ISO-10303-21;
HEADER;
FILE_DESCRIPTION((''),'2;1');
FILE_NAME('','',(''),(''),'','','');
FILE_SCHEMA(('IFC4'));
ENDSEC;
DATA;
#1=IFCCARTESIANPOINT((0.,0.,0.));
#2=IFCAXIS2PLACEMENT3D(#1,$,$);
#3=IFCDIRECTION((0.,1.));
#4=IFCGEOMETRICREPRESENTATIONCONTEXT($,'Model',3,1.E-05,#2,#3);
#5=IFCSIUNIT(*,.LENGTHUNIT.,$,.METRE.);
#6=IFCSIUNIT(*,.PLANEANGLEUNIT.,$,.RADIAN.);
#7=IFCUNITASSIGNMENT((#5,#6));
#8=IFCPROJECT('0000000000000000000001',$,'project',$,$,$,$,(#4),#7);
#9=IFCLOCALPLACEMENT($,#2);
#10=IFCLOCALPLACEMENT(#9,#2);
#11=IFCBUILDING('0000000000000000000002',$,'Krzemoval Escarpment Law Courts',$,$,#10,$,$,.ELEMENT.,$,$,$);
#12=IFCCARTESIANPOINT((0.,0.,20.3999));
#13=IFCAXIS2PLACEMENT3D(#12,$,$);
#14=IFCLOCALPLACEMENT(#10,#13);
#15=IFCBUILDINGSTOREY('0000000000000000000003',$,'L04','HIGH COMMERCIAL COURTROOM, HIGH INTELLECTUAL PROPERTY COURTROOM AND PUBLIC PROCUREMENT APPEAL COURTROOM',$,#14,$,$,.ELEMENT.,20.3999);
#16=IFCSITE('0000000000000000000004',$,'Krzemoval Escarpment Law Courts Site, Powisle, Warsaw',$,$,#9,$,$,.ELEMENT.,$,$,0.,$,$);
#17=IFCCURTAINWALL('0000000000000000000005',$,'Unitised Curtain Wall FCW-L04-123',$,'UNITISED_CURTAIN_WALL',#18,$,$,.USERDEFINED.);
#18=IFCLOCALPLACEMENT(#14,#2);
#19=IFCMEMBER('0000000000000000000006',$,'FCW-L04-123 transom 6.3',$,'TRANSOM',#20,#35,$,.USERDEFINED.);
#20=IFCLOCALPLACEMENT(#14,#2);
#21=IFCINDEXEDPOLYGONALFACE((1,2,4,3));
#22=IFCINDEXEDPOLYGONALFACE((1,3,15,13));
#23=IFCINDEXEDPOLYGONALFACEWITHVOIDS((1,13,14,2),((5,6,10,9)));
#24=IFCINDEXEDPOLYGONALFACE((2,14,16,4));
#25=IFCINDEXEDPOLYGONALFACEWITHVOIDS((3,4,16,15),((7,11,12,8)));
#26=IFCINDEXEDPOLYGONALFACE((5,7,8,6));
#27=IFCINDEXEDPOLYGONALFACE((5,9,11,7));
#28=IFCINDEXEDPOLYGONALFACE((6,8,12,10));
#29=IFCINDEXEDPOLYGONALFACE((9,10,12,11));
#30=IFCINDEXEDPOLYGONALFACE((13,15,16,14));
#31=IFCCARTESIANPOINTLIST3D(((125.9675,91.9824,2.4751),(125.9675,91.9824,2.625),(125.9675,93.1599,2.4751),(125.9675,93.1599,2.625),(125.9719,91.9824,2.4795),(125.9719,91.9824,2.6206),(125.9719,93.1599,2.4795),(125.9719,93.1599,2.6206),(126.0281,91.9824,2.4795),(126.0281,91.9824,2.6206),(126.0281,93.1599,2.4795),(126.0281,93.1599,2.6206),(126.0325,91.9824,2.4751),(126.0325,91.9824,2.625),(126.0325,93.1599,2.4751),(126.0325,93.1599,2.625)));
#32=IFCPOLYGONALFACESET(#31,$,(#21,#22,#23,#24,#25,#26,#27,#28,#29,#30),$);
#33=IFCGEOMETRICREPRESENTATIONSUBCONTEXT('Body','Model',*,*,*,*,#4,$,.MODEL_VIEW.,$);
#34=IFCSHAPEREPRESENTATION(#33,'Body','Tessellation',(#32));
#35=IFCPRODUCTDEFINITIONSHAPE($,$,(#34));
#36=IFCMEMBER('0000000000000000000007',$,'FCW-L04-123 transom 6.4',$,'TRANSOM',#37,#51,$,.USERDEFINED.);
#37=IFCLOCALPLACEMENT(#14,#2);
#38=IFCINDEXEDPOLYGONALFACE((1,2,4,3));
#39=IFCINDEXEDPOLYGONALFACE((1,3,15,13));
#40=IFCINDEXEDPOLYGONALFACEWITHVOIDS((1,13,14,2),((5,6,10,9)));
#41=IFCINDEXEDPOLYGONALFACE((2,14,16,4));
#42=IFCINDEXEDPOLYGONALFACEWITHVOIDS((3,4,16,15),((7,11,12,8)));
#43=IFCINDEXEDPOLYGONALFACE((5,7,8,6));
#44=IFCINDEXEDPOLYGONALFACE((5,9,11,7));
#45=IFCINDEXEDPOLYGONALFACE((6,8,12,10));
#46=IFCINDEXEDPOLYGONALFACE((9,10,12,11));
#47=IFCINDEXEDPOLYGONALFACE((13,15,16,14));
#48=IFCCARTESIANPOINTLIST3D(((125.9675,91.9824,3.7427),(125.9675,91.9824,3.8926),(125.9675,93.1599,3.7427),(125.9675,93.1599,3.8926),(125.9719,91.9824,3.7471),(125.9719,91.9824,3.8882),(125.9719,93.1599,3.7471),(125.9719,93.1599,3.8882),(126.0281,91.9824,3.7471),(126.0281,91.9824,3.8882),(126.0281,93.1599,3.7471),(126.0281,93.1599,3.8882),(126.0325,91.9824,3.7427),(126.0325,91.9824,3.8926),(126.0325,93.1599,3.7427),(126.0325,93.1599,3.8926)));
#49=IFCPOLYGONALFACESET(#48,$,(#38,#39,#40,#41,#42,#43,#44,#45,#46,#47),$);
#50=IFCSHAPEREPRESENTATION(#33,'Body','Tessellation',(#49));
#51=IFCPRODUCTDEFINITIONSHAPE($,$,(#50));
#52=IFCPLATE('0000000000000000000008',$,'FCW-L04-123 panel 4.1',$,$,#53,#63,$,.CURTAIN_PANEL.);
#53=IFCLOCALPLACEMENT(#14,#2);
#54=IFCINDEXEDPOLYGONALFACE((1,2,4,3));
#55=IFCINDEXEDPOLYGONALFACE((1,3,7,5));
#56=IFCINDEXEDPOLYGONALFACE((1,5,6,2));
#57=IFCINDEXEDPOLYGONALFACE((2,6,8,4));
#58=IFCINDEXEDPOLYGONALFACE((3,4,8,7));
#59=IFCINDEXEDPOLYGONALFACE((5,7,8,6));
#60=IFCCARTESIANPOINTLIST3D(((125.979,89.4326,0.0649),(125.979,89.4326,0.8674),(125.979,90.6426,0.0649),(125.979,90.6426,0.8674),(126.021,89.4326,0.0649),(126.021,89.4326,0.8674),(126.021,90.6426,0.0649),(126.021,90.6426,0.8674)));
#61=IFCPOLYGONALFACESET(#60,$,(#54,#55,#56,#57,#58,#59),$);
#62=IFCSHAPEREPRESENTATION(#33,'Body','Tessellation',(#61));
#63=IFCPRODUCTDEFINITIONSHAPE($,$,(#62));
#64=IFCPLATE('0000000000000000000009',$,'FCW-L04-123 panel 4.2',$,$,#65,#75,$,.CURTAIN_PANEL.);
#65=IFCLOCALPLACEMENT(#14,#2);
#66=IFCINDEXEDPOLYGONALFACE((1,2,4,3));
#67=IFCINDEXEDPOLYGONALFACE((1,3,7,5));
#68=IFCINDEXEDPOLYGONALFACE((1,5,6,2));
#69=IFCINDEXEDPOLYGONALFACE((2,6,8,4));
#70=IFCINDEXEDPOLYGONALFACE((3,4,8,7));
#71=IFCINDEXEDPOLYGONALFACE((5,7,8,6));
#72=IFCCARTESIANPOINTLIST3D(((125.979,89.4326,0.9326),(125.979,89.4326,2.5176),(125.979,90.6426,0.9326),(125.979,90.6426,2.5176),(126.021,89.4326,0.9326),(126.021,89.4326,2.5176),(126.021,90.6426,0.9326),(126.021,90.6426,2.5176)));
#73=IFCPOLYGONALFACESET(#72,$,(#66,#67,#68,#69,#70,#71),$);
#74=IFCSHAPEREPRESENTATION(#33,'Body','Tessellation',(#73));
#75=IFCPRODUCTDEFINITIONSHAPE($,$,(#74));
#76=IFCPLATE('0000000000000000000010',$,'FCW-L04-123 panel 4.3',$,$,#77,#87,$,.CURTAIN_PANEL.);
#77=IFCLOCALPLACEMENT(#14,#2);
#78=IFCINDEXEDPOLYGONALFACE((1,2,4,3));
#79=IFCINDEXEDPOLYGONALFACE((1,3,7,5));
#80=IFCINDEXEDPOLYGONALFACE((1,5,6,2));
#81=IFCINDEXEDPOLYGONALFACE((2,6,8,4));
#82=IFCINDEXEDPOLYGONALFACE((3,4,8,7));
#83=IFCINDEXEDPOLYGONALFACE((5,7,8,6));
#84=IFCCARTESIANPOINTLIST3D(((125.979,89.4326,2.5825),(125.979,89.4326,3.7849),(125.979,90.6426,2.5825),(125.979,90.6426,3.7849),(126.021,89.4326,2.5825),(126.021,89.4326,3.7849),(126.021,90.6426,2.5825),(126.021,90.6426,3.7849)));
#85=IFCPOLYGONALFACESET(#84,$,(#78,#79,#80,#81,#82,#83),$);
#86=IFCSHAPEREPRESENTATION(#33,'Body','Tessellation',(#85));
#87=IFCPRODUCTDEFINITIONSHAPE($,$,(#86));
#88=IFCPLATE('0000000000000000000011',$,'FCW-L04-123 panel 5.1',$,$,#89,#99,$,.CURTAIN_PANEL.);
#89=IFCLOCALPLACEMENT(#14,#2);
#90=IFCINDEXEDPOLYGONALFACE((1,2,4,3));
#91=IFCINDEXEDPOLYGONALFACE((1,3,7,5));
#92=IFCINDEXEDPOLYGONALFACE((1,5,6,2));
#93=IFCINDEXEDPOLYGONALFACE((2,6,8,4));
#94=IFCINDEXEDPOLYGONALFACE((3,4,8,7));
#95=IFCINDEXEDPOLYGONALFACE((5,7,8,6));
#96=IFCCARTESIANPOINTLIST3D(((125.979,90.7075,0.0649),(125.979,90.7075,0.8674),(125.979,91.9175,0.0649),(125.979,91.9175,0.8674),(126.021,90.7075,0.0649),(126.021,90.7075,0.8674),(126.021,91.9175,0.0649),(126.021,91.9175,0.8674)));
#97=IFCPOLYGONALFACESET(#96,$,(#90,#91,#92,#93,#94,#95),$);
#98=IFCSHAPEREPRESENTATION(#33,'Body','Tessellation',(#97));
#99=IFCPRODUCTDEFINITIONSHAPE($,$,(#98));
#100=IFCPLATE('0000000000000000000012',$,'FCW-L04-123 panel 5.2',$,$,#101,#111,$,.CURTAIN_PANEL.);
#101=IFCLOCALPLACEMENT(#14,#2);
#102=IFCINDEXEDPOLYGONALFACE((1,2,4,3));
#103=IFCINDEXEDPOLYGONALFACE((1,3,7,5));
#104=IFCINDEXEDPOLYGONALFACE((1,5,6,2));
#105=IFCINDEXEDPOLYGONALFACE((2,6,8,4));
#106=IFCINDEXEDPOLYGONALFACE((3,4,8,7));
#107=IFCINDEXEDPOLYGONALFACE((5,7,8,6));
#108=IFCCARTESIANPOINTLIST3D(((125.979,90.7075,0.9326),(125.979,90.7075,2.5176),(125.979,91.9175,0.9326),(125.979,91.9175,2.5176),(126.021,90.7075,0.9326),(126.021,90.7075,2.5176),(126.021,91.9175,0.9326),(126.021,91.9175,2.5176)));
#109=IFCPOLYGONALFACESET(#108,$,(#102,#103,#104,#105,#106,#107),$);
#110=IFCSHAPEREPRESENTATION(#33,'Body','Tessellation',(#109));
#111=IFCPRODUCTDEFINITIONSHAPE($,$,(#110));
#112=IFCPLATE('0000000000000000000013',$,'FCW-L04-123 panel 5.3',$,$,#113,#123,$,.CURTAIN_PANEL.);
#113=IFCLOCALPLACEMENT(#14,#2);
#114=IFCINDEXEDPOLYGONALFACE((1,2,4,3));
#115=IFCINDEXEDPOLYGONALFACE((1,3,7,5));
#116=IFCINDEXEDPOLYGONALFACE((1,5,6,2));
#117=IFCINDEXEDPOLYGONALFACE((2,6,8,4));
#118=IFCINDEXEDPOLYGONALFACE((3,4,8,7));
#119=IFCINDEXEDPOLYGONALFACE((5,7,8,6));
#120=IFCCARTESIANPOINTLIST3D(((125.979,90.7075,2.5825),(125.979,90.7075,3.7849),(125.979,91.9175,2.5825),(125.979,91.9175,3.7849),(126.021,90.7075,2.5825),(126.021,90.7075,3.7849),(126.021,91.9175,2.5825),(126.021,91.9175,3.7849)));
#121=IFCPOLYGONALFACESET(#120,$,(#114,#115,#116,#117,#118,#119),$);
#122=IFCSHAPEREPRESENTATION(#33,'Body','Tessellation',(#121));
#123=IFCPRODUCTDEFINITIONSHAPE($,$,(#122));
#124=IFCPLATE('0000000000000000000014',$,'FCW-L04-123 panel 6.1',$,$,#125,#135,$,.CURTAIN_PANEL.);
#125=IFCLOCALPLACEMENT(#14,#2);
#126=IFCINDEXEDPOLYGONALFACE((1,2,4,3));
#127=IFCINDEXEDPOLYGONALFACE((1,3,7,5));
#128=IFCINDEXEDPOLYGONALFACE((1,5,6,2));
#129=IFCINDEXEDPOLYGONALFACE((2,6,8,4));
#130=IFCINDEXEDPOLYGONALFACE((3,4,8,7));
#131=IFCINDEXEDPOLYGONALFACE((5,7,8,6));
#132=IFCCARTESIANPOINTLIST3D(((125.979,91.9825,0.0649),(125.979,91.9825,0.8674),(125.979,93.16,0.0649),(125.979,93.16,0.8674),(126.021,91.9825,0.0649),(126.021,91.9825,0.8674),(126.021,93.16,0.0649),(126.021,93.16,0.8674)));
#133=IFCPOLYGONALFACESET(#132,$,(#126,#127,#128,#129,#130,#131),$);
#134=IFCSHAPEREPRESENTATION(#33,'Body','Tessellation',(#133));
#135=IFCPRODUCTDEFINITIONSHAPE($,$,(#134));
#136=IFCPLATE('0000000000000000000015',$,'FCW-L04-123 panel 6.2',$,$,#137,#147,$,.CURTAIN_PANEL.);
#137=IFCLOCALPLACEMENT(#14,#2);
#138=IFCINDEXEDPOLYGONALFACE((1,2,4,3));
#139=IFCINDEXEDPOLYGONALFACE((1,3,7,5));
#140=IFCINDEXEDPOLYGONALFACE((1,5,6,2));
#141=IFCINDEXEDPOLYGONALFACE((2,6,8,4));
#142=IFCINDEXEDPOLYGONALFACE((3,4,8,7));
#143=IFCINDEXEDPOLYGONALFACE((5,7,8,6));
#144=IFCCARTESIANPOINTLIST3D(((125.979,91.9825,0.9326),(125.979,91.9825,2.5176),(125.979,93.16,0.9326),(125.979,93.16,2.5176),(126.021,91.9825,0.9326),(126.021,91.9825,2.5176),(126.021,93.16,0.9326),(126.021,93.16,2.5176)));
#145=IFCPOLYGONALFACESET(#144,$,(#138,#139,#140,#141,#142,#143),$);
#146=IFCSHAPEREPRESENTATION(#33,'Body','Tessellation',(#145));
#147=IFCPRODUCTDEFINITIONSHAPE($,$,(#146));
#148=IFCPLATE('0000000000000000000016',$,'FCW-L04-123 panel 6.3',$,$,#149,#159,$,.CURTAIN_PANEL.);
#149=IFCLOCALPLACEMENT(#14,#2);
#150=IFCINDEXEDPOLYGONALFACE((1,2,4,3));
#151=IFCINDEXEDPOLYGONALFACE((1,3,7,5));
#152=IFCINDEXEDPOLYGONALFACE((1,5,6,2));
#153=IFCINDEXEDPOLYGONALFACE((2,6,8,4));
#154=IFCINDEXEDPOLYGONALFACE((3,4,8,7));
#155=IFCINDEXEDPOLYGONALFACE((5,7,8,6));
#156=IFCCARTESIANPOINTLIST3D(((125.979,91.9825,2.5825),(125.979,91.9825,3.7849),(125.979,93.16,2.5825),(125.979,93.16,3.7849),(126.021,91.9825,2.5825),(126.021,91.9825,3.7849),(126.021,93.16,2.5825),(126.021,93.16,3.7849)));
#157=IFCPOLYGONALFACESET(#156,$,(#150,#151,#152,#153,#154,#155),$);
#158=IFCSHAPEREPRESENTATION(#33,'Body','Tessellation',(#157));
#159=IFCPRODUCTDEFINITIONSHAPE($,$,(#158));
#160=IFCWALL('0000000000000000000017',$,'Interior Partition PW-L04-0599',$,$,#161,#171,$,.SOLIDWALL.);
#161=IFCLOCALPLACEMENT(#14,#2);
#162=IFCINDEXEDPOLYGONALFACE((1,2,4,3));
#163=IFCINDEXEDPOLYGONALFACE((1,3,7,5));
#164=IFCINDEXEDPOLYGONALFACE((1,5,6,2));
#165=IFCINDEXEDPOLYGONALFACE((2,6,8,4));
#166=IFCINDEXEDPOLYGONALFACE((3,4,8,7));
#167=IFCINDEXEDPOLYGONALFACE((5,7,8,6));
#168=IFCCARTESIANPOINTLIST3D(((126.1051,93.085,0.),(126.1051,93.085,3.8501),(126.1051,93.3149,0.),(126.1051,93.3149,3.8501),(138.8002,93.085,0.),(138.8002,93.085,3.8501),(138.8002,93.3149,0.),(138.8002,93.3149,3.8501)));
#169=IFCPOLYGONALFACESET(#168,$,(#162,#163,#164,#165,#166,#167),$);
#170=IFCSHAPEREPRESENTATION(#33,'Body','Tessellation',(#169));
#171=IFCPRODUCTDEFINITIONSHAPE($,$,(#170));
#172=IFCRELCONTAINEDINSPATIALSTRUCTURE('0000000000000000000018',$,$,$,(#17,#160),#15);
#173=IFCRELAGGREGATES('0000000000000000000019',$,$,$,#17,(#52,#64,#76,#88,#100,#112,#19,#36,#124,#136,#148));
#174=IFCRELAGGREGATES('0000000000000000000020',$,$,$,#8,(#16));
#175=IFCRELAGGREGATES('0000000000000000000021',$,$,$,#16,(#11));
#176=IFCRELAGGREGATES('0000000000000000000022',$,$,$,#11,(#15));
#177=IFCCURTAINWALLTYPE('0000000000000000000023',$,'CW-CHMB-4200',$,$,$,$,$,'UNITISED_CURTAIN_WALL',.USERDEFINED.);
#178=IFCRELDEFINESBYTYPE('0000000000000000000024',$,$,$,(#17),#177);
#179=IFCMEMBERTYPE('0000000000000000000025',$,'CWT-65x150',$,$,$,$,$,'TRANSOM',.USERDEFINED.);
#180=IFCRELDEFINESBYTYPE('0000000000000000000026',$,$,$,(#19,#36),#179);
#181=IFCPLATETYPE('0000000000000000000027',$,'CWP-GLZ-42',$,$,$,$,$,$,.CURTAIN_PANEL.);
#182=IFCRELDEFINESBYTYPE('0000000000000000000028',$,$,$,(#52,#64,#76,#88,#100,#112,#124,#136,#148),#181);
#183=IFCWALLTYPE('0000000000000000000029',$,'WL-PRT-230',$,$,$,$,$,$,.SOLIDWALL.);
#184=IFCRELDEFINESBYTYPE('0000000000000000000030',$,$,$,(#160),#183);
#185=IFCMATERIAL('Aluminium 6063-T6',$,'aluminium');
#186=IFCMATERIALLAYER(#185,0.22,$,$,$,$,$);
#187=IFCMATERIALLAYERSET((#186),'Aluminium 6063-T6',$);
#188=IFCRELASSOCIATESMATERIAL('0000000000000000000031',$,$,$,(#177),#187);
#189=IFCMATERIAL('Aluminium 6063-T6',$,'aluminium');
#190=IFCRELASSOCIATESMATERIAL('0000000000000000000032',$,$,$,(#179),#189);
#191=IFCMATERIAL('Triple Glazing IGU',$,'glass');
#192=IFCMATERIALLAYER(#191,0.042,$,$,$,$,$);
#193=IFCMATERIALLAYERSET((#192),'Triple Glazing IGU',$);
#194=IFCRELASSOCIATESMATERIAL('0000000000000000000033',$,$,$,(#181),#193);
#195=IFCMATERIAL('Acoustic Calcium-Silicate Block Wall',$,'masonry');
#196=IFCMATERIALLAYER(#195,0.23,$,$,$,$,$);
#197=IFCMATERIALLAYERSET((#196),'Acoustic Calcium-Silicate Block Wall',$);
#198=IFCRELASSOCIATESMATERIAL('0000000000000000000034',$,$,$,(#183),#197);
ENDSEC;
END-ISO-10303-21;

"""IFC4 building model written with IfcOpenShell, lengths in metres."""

from ifc_helpers import new_model, si_unit, direction, frame, frame_2d, origin, origin_2d, place, context, subcontext, project, spatial, rectangle, hollow_rectangle, extrude, material, layer, layer_set, material_profile, profile_set, type_object, element, aggregate, save


model = new_model("IFC4")

# Units and contexts
model_context = context("Model", 3, precision=1e-05, world=origin(), true_north=direction((0.0, 1.0)))
body_context = subcontext(model_context, "Body", "Model", "MODEL_VIEW")
ifc_project = project(units=[si_unit("LENGTHUNIT", "METRE"), si_unit("PLANEANGLEUNIT", "RADIAN")], contexts=[model_context])

# Site, building, storey
site_placement = place(None, origin())
site = spatial("IfcSite", under=ifc_project, at=site_placement, Name="Krzemoval Escarpment Law Courts Site, Powisle, Warsaw", CompositionType="ELEMENT", RefElevation=0.0)
building_placement = place(site_placement, origin())
building = spatial("IfcBuilding", under=site, at=building_placement, Name="Krzemoval Escarpment Law Courts", CompositionType="ELEMENT")
storey_placement = place(building_placement, frame((0.0, 0.0, 20.3999)))
storey = spatial("IfcBuildingStorey", under=building, at=storey_placement, Name="L04", Description="HIGH COMMERCIAL COURTROOM, HIGH INTELLECTUAL PROPERTY COURTROOM AND PUBLIC PROCUREMENT APPEAL COURTROOM", CompositionType="ELEMENT", Elevation=20.3999)

# Curtain wall, members, plates
ifc_material_1 = material(Name="Aluminium 6063-T6", Category="aluminium")
ifc_layer_1 = layer(ifc_material_1, 0.22)
ifc_layer_set_1 = layer_set([ifc_layer_1], Name="Aluminium 6063-T6")
curtain_wall_type = type_object("IfcCurtainWallType", Name="CW-CHMB-4200", ElementType="UNITISED_CURTAIN_WALL", PredefinedType="USERDEFINED", material=ifc_layer_set_1)
curtain_wall_placement = place(storey_placement, origin())
curtain_wall = element("IfcCurtainWall", 1, at=curtain_wall_placement, inside=storey, type_object=curtain_wall_type, Name="Unitised Curtain Wall FCW-L04-123", ObjectType="UNITISED_CURTAIN_WALL", PredefinedType="USERDEFINED")
ifc_material_2 = material(Name="Aluminium 6063-T6", Category="aluminium")
ifc_material_profile_1 = material_profile(ifc_material_2, hollow_rectangle(XDim=0.0649, YDim=0.1499, WallThickness=0.0044, at=origin_2d()), Name="ALU T65x150")
ifc_profile_set_1 = profile_set([ifc_material_profile_1], Name="Aluminium 6063-T6")
member_type_1 = type_object("IfcMemberType", Name="CWT-65x150", ElementType="TRANSOM", PredefinedType="USERDEFINED", material=ifc_profile_set_1)
member_1_placement = place(storey_placement, frame((126.0, 91.9824, 2.55), z_axis=(0.0, 1.0, 0.0), x_axis=(-1.0, 0.0, 0.0)))
member_1 = element("IfcMember", 2, at=member_1_placement, type_object=member_type_1, Name="FCW-L04-123 transom 6.3", ObjectType="TRANSOM", PredefinedType="USERDEFINED", context=body_context, shape_type="SweptSolid", body=[
    extrude(hollow_rectangle(XDim=0.0649, YDim=0.1499, WallThickness=0.0044, at=origin_2d()), origin(), (0.0, 0.0, 1.0), 1.1775),
])
member_2_placement = place(storey_placement, frame((126.0, 91.9824, 3.8176), z_axis=(0.0, 1.0, 0.0), x_axis=(-1.0, 0.0, 0.0)))
member_2 = element("IfcMember", 3, at=member_2_placement, type_object=member_type_1, Name="FCW-L04-123 transom 6.4", ObjectType="TRANSOM", PredefinedType="USERDEFINED", context=body_context, shape_type="SweptSolid", body=[
    extrude(hollow_rectangle(XDim=0.0649, YDim=0.1499, WallThickness=0.0044, at=origin_2d()), origin(), (0.0, 0.0, 1.0), 1.1775),
])
ifc_material_3 = material(Name="Triple Glazing IGU", Category="glass")
ifc_layer_2 = layer(ifc_material_3, 0.042)
ifc_layer_set_2 = layer_set([ifc_layer_2], Name="Triple Glazing IGU")
plate_type = type_object("IfcPlateType", Name="CWP-GLZ-42", PredefinedType="CURTAIN_PANEL", material=ifc_layer_set_2)
plate_1_placement = place(storey_placement, frame((126.0, 90.0376, 0.0649), z_axis=(0.0, 0.0, 1.0), x_axis=(0.0, 1.0, 0.0)))
plate_1 = element("IfcPlate", 4, at=plate_1_placement, type_object=plate_type, Name="FCW-L04-123 panel 4.1", PredefinedType="CURTAIN_PANEL", context=body_context, shape_type="SweptSolid", body=[
    extrude(rectangle(XDim=1.21, YDim=0.042, at=origin_2d()), origin(), (0.0, 0.0, 1.0), 0.8025),
])
plate_2_placement = place(storey_placement, frame((126.0, 90.0376, 0.9326), z_axis=(0.0, 0.0, 1.0), x_axis=(0.0, 1.0, 0.0)))
plate_2 = element("IfcPlate", 5, at=plate_2_placement, type_object=plate_type, Name="FCW-L04-123 panel 4.2", PredefinedType="CURTAIN_PANEL", context=body_context, shape_type="SweptSolid", body=[
    extrude(rectangle(XDim=1.21, YDim=0.042, at=origin_2d()), origin(), (0.0, 0.0, 1.0), 1.585),
])
plate_3_placement = place(storey_placement, frame((126.0, 90.0376, 2.5825), z_axis=(0.0, 0.0, 1.0), x_axis=(0.0, 1.0, 0.0)))
plate_3 = element("IfcPlate", 6, at=plate_3_placement, type_object=plate_type, Name="FCW-L04-123 panel 4.3", PredefinedType="CURTAIN_PANEL", context=body_context, shape_type="SweptSolid", body=[
    extrude(rectangle(XDim=1.21, YDim=0.042, at=origin_2d()), origin(), (0.0, 0.0, 1.0), 1.2024),
])
plate_4_placement = place(storey_placement, frame((126.0, 91.3125, 0.0649), z_axis=(0.0, 0.0, 1.0), x_axis=(0.0, 1.0, 0.0)))
plate_4 = element("IfcPlate", 7, at=plate_4_placement, type_object=plate_type, Name="FCW-L04-123 panel 5.1", PredefinedType="CURTAIN_PANEL", context=body_context, shape_type="SweptSolid", body=[
    extrude(rectangle(XDim=1.21, YDim=0.042, at=origin_2d()), origin(), (0.0, 0.0, 1.0), 0.8025),
])
plate_5_placement = place(storey_placement, frame((126.0, 91.3125, 0.9326), z_axis=(0.0, 0.0, 1.0), x_axis=(0.0, 1.0, 0.0)))
plate_5 = element("IfcPlate", 8, at=plate_5_placement, type_object=plate_type, Name="FCW-L04-123 panel 5.2", PredefinedType="CURTAIN_PANEL", context=body_context, shape_type="SweptSolid", body=[
    extrude(rectangle(XDim=1.21, YDim=0.042, at=origin_2d()), origin(), (0.0, 0.0, 1.0), 1.585),
])
plate_6_placement = place(storey_placement, frame((126.0, 91.3125, 2.5825), z_axis=(0.0, 0.0, 1.0), x_axis=(0.0, 1.0, 0.0)))
plate_6 = element("IfcPlate", 9, at=plate_6_placement, type_object=plate_type, Name="FCW-L04-123 panel 5.3", PredefinedType="CURTAIN_PANEL", context=body_context, shape_type="SweptSolid", body=[
    extrude(rectangle(XDim=1.21, YDim=0.042, at=origin_2d()), origin(), (0.0, 0.0, 1.0), 1.2024),
])
plate_7_placement = place(storey_placement, frame((126.0, 92.5713, 0.0649), z_axis=(0.0, 0.0, 1.0), x_axis=(0.0, 1.0, 0.0)))
plate_7 = element("IfcPlate", 10, at=plate_7_placement, type_object=plate_type, Name="FCW-L04-123 panel 6.1", PredefinedType="CURTAIN_PANEL", context=body_context, shape_type="SweptSolid", body=[
    extrude(rectangle(XDim=1.1775, YDim=0.042, at=origin_2d()), origin(), (0.0, 0.0, 1.0), 0.8025),
])
plate_8_placement = place(storey_placement, frame((126.0, 92.5713, 0.9326), z_axis=(0.0, 0.0, 1.0), x_axis=(0.0, 1.0, 0.0)))
plate_8 = element("IfcPlate", 11, at=plate_8_placement, type_object=plate_type, Name="FCW-L04-123 panel 6.2", PredefinedType="CURTAIN_PANEL", context=body_context, shape_type="SweptSolid", body=[
    extrude(rectangle(XDim=1.1775, YDim=0.042, at=origin_2d()), origin(), (0.0, 0.0, 1.0), 1.585),
])
plate_9_placement = place(storey_placement, frame((126.0, 92.5713, 2.5825), z_axis=(0.0, 0.0, 1.0), x_axis=(0.0, 1.0, 0.0)))
plate_9 = element("IfcPlate", 12, at=plate_9_placement, type_object=plate_type, Name="FCW-L04-123 panel 6.3", PredefinedType="CURTAIN_PANEL", context=body_context, shape_type="SweptSolid", body=[
    extrude(rectangle(XDim=1.1775, YDim=0.042, at=origin_2d()), origin(), (0.0, 0.0, 1.0), 1.2024),
])
aggregate(curtain_wall, [plate_1, plate_2, plate_3, plate_4, plate_5, plate_6, member_1, member_2, plate_7, plate_8, plate_9])

# Wall
ifc_material_4 = material(Name="Acoustic Calcium-Silicate Block Wall", Category="masonry")
ifc_layer_3 = layer(ifc_material_4, 0.23)
ifc_layer_set_3 = layer_set([ifc_layer_3], Name="Acoustic Calcium-Silicate Block Wall")
wall_type = type_object("IfcWallType", Name="WL-PRT-230", PredefinedType="SOLIDWALL", material=ifc_layer_set_3)
wall_placement = place(storey_placement, frame((126.105, 93.2, 0.0), z_axis=(0.0, 0.0, 1.0), x_axis=(1.0, 0.0, 0.0)))
element("IfcWall", 13, at=wall_placement, inside=storey, type_object=wall_type, Name="Interior Partition PW-L04-0599", PredefinedType="SOLIDWALL", context=body_context, shape_type="SweptSolid", body=[
    extrude(rectangle(XDim=12.6951, YDim=0.23, at=frame_2d((6.3477, 0.0))), origin(), (0.0, 0.0, 1.0), 3.8501),
])

save(model, "model.ifc")
